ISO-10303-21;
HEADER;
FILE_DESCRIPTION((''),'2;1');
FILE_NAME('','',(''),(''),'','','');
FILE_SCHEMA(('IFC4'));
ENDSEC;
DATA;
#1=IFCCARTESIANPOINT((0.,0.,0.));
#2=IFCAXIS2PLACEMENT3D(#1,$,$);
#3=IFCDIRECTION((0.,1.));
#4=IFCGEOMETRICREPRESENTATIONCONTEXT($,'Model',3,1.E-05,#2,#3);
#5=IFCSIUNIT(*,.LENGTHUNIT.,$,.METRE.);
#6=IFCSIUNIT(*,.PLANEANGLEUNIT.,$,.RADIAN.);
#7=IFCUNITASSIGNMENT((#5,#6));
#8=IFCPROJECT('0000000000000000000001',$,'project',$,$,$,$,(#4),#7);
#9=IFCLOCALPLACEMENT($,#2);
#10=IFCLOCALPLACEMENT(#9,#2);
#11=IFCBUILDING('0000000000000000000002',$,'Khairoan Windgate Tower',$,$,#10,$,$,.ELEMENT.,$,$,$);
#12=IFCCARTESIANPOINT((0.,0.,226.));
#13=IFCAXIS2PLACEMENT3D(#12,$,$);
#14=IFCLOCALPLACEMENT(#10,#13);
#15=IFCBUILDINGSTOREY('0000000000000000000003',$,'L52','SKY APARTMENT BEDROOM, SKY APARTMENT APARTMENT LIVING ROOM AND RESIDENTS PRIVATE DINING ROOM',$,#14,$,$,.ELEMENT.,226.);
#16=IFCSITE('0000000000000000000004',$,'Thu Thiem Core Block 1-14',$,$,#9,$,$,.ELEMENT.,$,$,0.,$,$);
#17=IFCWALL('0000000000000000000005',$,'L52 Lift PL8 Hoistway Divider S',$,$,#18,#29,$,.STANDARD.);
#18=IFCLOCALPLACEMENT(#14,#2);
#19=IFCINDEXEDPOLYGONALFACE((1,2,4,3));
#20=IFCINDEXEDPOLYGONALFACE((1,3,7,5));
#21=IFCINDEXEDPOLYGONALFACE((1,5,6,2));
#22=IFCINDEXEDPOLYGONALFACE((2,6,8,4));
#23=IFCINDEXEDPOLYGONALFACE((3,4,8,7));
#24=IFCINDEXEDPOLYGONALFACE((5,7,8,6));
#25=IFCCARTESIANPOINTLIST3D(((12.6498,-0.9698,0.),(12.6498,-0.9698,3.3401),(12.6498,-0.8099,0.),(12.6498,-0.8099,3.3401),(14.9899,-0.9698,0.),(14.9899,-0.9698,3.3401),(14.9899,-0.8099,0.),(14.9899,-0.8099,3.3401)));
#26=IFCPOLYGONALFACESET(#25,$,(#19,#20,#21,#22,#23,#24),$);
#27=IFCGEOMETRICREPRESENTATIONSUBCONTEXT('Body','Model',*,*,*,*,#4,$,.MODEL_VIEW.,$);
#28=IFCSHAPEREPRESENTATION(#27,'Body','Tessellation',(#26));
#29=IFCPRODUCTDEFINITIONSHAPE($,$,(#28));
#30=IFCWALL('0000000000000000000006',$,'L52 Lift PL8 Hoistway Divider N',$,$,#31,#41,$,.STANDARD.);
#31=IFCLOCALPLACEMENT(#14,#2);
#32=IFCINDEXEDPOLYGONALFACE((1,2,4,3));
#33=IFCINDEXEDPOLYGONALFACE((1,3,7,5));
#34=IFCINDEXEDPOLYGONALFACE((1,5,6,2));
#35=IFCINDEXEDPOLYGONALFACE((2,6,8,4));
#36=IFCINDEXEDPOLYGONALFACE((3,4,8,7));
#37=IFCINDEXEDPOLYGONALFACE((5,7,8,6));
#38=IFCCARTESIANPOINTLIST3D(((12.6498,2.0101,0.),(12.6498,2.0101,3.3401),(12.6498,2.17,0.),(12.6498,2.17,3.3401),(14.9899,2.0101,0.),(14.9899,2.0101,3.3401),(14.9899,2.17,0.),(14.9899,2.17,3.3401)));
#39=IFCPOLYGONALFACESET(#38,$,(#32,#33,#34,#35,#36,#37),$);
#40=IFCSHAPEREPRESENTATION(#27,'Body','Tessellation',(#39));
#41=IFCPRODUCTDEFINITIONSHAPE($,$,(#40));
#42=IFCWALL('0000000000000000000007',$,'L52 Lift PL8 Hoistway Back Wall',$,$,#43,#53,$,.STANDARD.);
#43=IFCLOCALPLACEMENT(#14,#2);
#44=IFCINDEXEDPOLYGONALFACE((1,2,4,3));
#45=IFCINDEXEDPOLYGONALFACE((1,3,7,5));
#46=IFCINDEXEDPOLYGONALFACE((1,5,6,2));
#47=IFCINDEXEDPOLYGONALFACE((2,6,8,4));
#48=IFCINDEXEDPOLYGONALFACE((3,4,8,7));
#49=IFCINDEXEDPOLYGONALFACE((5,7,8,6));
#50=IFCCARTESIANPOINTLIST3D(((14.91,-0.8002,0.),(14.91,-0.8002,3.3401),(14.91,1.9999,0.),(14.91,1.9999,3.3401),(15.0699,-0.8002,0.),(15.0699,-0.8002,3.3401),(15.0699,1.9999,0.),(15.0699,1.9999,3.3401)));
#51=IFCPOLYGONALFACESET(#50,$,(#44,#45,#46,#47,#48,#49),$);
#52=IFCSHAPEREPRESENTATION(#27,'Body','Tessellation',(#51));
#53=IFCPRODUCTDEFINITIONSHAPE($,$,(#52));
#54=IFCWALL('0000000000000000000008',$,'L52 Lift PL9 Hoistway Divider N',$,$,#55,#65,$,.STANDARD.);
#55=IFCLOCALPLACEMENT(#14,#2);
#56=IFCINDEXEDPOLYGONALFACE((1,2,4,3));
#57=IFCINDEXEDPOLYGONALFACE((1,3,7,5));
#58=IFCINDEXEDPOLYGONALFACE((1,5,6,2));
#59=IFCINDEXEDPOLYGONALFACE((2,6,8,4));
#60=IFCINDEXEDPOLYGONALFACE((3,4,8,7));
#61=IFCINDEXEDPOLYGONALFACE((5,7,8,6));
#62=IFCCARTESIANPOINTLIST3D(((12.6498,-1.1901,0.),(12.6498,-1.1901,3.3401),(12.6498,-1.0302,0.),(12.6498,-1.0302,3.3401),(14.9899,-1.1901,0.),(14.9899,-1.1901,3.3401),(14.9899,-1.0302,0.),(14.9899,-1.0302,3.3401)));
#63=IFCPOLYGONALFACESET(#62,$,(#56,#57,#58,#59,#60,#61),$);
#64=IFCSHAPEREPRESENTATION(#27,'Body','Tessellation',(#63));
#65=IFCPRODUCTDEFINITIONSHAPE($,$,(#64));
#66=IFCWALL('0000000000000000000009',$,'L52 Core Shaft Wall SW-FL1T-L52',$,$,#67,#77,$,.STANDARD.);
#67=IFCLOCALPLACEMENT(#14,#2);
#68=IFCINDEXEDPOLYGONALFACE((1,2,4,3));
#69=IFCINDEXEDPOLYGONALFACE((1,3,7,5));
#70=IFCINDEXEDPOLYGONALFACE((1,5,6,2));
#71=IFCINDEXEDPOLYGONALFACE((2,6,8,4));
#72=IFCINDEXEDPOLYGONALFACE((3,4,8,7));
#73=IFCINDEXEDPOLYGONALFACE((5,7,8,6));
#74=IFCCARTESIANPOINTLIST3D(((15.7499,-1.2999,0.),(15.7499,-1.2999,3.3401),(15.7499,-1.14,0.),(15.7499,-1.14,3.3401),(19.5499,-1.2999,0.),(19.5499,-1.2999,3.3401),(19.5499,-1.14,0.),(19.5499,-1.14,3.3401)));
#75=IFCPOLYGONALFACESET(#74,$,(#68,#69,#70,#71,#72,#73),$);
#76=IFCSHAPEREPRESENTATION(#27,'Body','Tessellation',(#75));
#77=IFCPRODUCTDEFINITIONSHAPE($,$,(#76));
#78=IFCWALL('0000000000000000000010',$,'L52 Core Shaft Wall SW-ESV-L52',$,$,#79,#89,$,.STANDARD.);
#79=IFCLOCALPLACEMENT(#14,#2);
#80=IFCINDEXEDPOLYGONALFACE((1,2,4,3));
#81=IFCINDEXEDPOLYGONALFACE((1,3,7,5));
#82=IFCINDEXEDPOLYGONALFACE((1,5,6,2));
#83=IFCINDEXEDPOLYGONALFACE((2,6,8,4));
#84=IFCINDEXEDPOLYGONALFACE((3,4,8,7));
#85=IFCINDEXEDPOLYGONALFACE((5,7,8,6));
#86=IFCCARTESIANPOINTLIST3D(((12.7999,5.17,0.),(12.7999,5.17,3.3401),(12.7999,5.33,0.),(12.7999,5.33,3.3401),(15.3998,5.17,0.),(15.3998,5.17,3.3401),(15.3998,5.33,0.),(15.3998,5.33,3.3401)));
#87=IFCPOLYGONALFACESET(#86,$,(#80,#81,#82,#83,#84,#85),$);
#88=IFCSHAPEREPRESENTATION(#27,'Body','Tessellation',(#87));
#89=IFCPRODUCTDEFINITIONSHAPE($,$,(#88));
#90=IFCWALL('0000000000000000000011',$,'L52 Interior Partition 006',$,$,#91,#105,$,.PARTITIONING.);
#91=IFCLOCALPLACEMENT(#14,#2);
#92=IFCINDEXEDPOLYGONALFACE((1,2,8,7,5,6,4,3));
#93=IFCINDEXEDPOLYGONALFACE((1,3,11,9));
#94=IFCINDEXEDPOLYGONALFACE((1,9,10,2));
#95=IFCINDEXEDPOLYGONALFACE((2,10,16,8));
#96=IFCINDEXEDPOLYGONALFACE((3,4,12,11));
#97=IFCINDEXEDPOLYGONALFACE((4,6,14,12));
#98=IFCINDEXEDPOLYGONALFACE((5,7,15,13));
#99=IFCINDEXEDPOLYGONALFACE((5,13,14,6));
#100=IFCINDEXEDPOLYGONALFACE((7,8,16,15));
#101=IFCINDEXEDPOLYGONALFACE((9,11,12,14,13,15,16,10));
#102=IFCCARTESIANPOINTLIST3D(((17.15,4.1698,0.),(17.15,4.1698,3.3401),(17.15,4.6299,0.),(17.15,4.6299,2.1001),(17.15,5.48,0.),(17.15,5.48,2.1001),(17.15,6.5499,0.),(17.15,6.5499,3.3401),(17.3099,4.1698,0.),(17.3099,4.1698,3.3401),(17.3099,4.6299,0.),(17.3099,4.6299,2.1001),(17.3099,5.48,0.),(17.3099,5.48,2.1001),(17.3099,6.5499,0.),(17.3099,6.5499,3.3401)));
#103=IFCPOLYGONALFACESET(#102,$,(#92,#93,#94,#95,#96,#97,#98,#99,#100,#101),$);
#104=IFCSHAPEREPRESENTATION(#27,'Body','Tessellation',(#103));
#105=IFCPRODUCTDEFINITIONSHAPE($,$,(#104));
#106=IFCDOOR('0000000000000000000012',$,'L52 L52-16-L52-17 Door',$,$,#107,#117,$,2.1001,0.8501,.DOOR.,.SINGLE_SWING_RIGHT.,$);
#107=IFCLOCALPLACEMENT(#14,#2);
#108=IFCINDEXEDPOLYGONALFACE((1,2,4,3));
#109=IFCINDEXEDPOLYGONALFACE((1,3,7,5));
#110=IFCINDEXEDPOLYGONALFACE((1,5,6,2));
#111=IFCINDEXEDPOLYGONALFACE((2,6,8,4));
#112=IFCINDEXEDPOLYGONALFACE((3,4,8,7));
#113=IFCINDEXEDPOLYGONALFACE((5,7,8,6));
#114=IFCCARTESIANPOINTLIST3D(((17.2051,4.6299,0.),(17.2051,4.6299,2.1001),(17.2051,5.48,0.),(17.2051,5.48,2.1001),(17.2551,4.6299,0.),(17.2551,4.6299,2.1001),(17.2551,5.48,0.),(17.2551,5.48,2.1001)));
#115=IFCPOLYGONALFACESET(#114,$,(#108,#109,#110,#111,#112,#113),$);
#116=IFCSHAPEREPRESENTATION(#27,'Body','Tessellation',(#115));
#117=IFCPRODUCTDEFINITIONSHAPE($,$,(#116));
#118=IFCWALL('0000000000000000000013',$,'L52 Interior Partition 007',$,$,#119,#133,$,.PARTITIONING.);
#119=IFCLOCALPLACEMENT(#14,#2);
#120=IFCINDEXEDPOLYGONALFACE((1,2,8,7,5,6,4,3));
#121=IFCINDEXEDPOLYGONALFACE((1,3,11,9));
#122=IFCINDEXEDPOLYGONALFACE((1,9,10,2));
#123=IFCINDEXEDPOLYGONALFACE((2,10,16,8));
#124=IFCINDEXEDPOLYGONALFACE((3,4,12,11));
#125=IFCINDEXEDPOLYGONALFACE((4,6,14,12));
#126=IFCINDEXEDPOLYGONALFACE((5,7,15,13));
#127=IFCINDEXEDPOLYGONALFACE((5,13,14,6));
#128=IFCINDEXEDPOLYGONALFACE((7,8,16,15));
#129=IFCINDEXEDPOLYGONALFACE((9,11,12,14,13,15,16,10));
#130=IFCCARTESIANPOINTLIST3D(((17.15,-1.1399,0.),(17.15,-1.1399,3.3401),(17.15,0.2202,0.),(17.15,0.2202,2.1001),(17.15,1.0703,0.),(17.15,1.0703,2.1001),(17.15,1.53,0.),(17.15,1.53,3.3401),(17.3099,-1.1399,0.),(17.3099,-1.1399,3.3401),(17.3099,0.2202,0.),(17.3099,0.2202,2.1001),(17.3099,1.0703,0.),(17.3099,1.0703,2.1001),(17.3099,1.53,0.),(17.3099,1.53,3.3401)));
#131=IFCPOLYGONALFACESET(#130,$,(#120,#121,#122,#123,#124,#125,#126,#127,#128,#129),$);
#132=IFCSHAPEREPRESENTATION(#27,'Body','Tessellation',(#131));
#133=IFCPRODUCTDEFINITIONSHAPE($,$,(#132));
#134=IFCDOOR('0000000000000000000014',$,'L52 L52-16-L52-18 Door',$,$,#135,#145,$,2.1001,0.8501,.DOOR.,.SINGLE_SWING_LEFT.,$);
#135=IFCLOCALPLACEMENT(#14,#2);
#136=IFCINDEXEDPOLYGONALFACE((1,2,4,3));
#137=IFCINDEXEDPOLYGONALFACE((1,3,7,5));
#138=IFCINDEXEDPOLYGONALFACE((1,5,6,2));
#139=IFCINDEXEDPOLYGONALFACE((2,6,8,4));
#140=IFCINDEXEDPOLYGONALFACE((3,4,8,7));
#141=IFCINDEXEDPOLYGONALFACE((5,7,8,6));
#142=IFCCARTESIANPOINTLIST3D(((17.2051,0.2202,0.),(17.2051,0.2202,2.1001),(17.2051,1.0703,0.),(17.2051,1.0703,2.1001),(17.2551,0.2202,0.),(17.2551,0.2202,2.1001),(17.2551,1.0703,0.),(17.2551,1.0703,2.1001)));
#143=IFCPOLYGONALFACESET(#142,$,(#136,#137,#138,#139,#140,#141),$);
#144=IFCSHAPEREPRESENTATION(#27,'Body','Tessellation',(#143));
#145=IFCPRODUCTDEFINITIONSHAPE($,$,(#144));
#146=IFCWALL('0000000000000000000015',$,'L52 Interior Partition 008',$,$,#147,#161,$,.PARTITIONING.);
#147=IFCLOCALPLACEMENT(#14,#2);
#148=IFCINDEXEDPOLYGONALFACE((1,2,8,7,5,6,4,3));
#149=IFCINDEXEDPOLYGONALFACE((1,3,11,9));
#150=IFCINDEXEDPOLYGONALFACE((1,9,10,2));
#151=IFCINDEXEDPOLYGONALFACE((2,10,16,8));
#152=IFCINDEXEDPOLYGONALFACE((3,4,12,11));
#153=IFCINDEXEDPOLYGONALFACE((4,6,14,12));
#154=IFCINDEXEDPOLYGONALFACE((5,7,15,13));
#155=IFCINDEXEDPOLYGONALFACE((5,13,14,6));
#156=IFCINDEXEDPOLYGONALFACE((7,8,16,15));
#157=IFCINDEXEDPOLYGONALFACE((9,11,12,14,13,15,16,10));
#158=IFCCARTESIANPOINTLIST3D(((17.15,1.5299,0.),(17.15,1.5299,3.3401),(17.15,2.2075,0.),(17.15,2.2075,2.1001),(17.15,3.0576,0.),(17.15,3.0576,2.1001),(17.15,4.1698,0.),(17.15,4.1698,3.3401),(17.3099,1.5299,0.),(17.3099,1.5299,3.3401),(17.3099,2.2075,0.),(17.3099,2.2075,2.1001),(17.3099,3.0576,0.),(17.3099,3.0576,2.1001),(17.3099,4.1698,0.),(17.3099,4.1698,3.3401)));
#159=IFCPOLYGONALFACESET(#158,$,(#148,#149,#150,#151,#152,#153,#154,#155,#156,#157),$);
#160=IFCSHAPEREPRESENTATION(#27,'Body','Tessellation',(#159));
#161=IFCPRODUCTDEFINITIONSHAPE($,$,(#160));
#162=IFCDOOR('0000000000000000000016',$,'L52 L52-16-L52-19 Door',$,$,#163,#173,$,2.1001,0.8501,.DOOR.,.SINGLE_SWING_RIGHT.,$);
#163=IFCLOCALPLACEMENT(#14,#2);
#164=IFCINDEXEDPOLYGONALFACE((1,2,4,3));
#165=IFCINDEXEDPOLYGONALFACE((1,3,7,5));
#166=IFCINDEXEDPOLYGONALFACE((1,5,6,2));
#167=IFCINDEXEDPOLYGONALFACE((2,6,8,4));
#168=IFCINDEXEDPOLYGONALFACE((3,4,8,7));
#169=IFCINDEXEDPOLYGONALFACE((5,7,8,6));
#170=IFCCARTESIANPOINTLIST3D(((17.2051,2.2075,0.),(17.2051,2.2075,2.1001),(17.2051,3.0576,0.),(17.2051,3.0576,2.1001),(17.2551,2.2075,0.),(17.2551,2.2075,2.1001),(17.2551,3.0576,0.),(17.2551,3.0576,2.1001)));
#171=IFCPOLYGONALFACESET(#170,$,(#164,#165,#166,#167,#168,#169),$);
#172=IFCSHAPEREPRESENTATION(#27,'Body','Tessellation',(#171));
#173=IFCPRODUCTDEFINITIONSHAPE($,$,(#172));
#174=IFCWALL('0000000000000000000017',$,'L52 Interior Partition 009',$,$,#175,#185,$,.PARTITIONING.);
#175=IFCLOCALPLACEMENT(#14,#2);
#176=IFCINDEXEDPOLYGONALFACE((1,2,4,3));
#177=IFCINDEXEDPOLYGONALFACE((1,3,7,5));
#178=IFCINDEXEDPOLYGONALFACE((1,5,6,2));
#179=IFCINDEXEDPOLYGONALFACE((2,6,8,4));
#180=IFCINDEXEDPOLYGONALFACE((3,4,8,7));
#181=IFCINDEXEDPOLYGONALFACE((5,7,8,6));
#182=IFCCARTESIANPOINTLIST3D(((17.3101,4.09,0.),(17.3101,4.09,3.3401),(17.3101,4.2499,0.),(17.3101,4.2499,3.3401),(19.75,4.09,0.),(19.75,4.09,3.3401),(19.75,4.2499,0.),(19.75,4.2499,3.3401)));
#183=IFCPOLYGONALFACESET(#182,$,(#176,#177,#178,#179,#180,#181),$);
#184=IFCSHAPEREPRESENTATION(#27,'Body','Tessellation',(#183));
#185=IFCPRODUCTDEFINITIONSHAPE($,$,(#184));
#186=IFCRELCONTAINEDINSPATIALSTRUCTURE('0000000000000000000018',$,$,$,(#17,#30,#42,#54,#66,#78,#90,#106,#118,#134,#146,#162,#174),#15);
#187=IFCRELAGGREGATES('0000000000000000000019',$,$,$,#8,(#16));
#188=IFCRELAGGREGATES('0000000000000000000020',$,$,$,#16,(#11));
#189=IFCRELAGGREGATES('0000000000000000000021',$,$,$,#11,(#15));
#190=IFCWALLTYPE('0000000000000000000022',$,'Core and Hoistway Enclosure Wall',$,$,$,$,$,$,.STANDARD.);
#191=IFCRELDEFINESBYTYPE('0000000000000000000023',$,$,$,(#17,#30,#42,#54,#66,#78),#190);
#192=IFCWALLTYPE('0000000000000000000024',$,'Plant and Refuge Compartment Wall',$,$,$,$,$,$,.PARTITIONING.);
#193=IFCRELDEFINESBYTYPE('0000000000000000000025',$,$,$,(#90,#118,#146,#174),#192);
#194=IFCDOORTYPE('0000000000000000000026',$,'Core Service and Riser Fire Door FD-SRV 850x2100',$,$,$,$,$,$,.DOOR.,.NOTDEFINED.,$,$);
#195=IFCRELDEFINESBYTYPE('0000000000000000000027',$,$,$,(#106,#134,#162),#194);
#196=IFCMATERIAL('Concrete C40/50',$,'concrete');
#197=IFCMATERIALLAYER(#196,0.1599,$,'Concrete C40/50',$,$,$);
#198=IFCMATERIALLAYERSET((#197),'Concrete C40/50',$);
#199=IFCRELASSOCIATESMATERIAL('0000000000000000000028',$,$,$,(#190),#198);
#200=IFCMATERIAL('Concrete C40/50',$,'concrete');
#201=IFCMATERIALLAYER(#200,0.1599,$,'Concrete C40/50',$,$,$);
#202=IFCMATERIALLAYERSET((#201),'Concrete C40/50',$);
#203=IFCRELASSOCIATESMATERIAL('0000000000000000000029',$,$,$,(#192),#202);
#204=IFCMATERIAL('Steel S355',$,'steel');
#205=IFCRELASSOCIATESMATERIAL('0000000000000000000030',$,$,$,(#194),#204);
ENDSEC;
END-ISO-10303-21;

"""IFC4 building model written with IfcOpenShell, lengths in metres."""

from ifc_helpers import new_model, si_unit, direction, frame, frame_2d, origin, place, context, subcontext, project, spatial, rectangle, extrude, material, layer, layer_set, type_object, element, fill, save


model = new_model("IFC4")

# Units and contexts
model_context = context("Model", 3, precision=1e-05, world=origin(), true_north=direction((0.0, 1.0)))
body_context = subcontext(model_context, "Body", "Model", "MODEL_VIEW")
ifc_project = project(units=[si_unit("LENGTHUNIT", "METRE"), si_unit("PLANEANGLEUNIT", "RADIAN")], contexts=[model_context])

# Site, building, storey
site_placement = place(None, origin())
site = spatial("IfcSite", under=ifc_project, at=site_placement, Name="Thu Thiem Core Block 1-14", CompositionType="ELEMENT", RefElevation=0.0)
building_placement = place(site_placement, origin())
building = spatial("IfcBuilding", under=site, at=building_placement, Name="Khairoan Windgate Tower", CompositionType="ELEMENT")
storey_placement = place(building_placement, frame((0.0, 0.0, 226.0)))
storey = spatial("IfcBuildingStorey", under=building, at=storey_placement, Name="L52", Description="SKY APARTMENT BEDROOM, SKY APARTMENT APARTMENT LIVING ROOM AND RESIDENTS PRIVATE DINING ROOM", CompositionType="ELEMENT", Elevation=226.0)

# Walls
ifc_material_1 = material(Name="Concrete C40/50", Category="concrete")
ifc_layer_1 = layer(ifc_material_1, 0.1599, Name="Concrete C40/50")
ifc_layer_set_1 = layer_set([ifc_layer_1], Name="Concrete C40/50")
wall_type_1 = type_object("IfcWallType", Name="Core and Hoistway Enclosure Wall", PredefinedType="STANDARD", material=ifc_layer_set_1)
for number, where, z_axis, x_axis, name in (
    (1, (12.6499, -0.8899, 0.0), (0.0, 0.0, 1.0), (1.0, 0.0, 0.0), "L52 Lift PL8 Hoistway Divider S"),
    (2, (12.6499, 2.0901, 0.0), (0.0, 0.0, 1.0), (1.0, 0.0, 0.0), "L52 Lift PL8 Hoistway Divider N"),
):
    element("IfcWall", number, at=place(storey_placement, frame(where, z_axis=z_axis, x_axis=x_axis)), inside=storey, type_object=wall_type_1, Name=name, PredefinedType="STANDARD", context=body_context, shape_type="SweptSolid", body=[
        extrude(rectangle(XDim=2.3401, YDim=0.1599, at=frame_2d((1.1699, 0.0))), origin(), (0.0, 0.0, 1.0), 3.3401),
    ])
wall_1_placement = place(storey_placement, frame((14.99, -0.8, 0.0), z_axis=(0.0, 0.0, 1.0), x_axis=(0.0, 1.0, 0.0)))
element("IfcWall", 3, at=wall_1_placement, inside=storey, type_object=wall_type_1, Name="L52 Lift PL8 Hoistway Back Wall", PredefinedType="STANDARD", context=body_context, shape_type="SweptSolid", body=[
    extrude(rectangle(XDim=2.8, YDim=0.1599, at=frame_2d((1.3999, 0.0))), origin(), (0.0, 0.0, 1.0), 3.3401),
])
wall_2_placement = place(storey_placement, frame((12.6499, -1.1101, 0.0), z_axis=(0.0, 0.0, 1.0), x_axis=(1.0, 0.0, 0.0)))
element("IfcWall", 4, at=wall_2_placement, inside=storey, type_object=wall_type_1, Name="L52 Lift PL9 Hoistway Divider N", PredefinedType="STANDARD", context=body_context, shape_type="SweptSolid", body=[
    extrude(rectangle(XDim=2.3401, YDim=0.1599, at=frame_2d((1.1699, 0.0))), origin(), (0.0, 0.0, 1.0), 3.3401),
])
wall_3_placement = place(storey_placement, frame((15.75, -1.22, 0.0), z_axis=(0.0, 0.0, 1.0), x_axis=(1.0, 0.0, 0.0)))
element("IfcWall", 5, at=wall_3_placement, inside=storey, type_object=wall_type_1, Name="L52 Core Shaft Wall SW-FL1T-L52", PredefinedType="STANDARD", context=body_context, shape_type="SweptSolid", body=[
    extrude(rectangle(XDim=3.8, YDim=0.1599, at=frame_2d((1.8999, 0.0))), origin(), (0.0, 0.0, 1.0), 3.3401),
])
wall_4_placement = place(storey_placement, frame((12.8, 5.25, 0.0), z_axis=(0.0, 0.0, 1.0), x_axis=(1.0, 0.0, 0.0)))
element("IfcWall", 6, at=wall_4_placement, inside=storey, type_object=wall_type_1, Name="L52 Core Shaft Wall SW-ESV-L52", PredefinedType="STANDARD", context=body_context, shape_type="SweptSolid", body=[
    extrude(rectangle(XDim=2.5999, YDim=0.1599, at=frame_2d((1.2998, 0.0))), origin(), (0.0, 0.0, 1.0), 3.3401),
])

# Walls, openings, doors
ifc_material_2 = material(Name="Concrete C40/50", Category="concrete")
ifc_layer_2 = layer(ifc_material_2, 0.1599, Name="Concrete C40/50")
ifc_layer_set_2 = layer_set([ifc_layer_2], Name="Concrete C40/50")
wall_type_2 = type_object("IfcWallType", Name="Plant and Refuge Compartment Wall", PredefinedType="PARTITIONING", material=ifc_layer_set_2)
wall_5_placement = place(storey_placement, frame((17.23, 4.1699, 0.0), z_axis=(0.0, 0.0, 1.0), x_axis=(0.0, 1.0, 0.0)))
wall_5 = element("IfcWall", 7, at=wall_5_placement, inside=storey, type_object=wall_type_2, Name="L52 Interior Partition 006", PredefinedType="PARTITIONING", context=body_context, shape_type="SweptSolid", body=[
    extrude(rectangle(XDim=2.3801, YDim=0.1599, at=frame_2d((1.1899, 0.0))), origin(), (0.0, 0.0, 1.0), 3.3401),
])
opening_1_placement = place(wall_5_placement, frame((0.46, 0.0, 0.0)))
opening_1 = element("IfcOpeningElement", 8, at=opening_1_placement, cuts=wall_5, PredefinedType="OPENING", context=body_context, shape_type="SweptSolid", body=[
    extrude(rectangle(XDim=0.8501, YDim=2.1001, at=frame_2d((0.425, 1.05))), frame((0.0, 0.0898, 0.0), z_axis=(0.0, -1.0, 0.0), x_axis=(1.0, 0.0, 0.0)), (0.0, 0.0, 1.0), 0.1799),
])
ifc_material_3 = material(Name="Steel S355", Category="steel")
door_type = type_object("IfcDoorType", Name="Core Service and Riser Fire Door FD-SRV 850x2100", OperationType="NOTDEFINED", PredefinedType="DOOR", material=ifc_material_3)
door_1_placement = place(opening_1_placement, origin())
door_1 = element("IfcDoor", 9, at=door_1_placement, inside=storey, type_object=door_type, Name="L52 L52-16-L52-17 Door", OperationType="SINGLE_SWING_RIGHT", OverallHeight=2.1001, OverallWidth=0.8501, PredefinedType="DOOR", context=body_context, shape_type="SweptSolid", body=[
    extrude(rectangle(XDim=0.8501, YDim=2.1001, at=frame_2d((0.425, 1.05))), frame((0.0, 0.0249, 0.0), z_axis=(0.0, -1.0, 0.0), x_axis=(1.0, 0.0, 0.0)), (0.0, 0.0, 1.0), 0.05),
])
fill(opening_1, door_1)
wall_6_placement = place(storey_placement, frame((17.23, -1.1399, 0.0), z_axis=(0.0, 0.0, 1.0), x_axis=(0.0, 1.0, 0.0)))
wall_6 = element("IfcWall", 10, at=wall_6_placement, inside=storey, type_object=wall_type_2, Name="L52 Interior Partition 007", PredefinedType="PARTITIONING", context=body_context, shape_type="SweptSolid", body=[
    extrude(rectangle(XDim=2.6699, YDim=0.1599, at=frame_2d((1.335, 0.0))), origin(), (0.0, 0.0, 1.0), 3.3401),
])
opening_2_placement = place(wall_6_placement, frame((1.3601, 0.0, 0.0)))
opening_2 = element("IfcOpeningElement", 11, at=opening_2_placement, cuts=wall_6, PredefinedType="OPENING", context=body_context, shape_type="SweptSolid", body=[
    extrude(rectangle(XDim=0.8501, YDim=2.1001, at=frame_2d((0.425, 1.05))), frame((0.0, 0.0898, 0.0), z_axis=(0.0, -1.0, 0.0), x_axis=(1.0, 0.0, 0.0)), (0.0, 0.0, 1.0), 0.1799),
])
door_2_placement = place(opening_2_placement, origin())
door_2 = element("IfcDoor", 12, at=door_2_placement, inside=storey, type_object=door_type, Name="L52 L52-16-L52-18 Door", OperationType="SINGLE_SWING_LEFT", OverallHeight=2.1001, OverallWidth=0.8501, PredefinedType="DOOR", context=body_context, shape_type="SweptSolid", body=[
    extrude(rectangle(XDim=0.8501, YDim=2.1001, at=frame_2d((0.425, 1.05))), frame((0.0, 0.0249, 0.0), z_axis=(0.0, -1.0, 0.0), x_axis=(1.0, 0.0, 0.0)), (0.0, 0.0, 1.0), 0.05),
])
fill(opening_2, door_2)
wall_7_placement = place(storey_placement, frame((17.23, 1.53, 0.0), z_axis=(0.0, 0.0, 1.0), x_axis=(0.0, 1.0, 0.0)))
wall_7 = element("IfcWall", 13, at=wall_7_placement, inside=storey, type_object=wall_type_2, Name="L52 Interior Partition 008", PredefinedType="PARTITIONING", context=body_context, shape_type="SweptSolid", body=[
    extrude(rectangle(XDim=2.6399, YDim=0.1599, at=frame_2d((1.3198, 0.0))), origin(), (0.0, 0.0, 1.0), 3.3401),
])
opening_3_placement = place(wall_7_placement, frame((0.6775, 0.0, 0.0)))
opening_3 = element("IfcOpeningElement", 14, at=opening_3_placement, cuts=wall_7, PredefinedType="OPENING", context=body_context, shape_type="SweptSolid", body=[
    extrude(rectangle(XDim=0.8501, YDim=2.1001, at=frame_2d((0.425, 1.05))), frame((0.0, 0.0898, 0.0), z_axis=(0.0, -1.0, 0.0), x_axis=(1.0, 0.0, 0.0)), (0.0, 0.0, 1.0), 0.1799),
])
door_3_placement = place(opening_3_placement, origin())
door_3 = element("IfcDoor", 15, at=door_3_placement, inside=storey, type_object=door_type, Name="L52 L52-16-L52-19 Door", OperationType="SINGLE_SWING_RIGHT", OverallHeight=2.1001, OverallWidth=0.8501, PredefinedType="DOOR", context=body_context, shape_type="SweptSolid", body=[
    extrude(rectangle(XDim=0.8501, YDim=2.1001, at=frame_2d((0.425, 1.05))), frame((0.0, 0.0249, 0.0), z_axis=(0.0, -1.0, 0.0), x_axis=(1.0, 0.0, 0.0)), (0.0, 0.0, 1.0), 0.05),
])
fill(opening_3, door_3)

# Wall
for number, where, z_axis, x_axis, name in (
    (16, (17.3101, 4.1699, 0.0), (0.0, 0.0, 1.0), (1.0, 0.0, 0.0), "L52 Interior Partition 009"),
):
    element("IfcWall", number, at=place(storey_placement, frame(where, z_axis=z_axis, x_axis=x_axis)), inside=storey, type_object=wall_type_2, Name=name, PredefinedType="PARTITIONING", context=body_context, shape_type="SweptSolid", body=[
        extrude(rectangle(XDim=2.4399, YDim=0.1599, at=frame_2d((1.22, 0.0))), origin(), (0.0, 0.0, 1.0), 3.3401),
    ])

save(model, "model.ifc")
